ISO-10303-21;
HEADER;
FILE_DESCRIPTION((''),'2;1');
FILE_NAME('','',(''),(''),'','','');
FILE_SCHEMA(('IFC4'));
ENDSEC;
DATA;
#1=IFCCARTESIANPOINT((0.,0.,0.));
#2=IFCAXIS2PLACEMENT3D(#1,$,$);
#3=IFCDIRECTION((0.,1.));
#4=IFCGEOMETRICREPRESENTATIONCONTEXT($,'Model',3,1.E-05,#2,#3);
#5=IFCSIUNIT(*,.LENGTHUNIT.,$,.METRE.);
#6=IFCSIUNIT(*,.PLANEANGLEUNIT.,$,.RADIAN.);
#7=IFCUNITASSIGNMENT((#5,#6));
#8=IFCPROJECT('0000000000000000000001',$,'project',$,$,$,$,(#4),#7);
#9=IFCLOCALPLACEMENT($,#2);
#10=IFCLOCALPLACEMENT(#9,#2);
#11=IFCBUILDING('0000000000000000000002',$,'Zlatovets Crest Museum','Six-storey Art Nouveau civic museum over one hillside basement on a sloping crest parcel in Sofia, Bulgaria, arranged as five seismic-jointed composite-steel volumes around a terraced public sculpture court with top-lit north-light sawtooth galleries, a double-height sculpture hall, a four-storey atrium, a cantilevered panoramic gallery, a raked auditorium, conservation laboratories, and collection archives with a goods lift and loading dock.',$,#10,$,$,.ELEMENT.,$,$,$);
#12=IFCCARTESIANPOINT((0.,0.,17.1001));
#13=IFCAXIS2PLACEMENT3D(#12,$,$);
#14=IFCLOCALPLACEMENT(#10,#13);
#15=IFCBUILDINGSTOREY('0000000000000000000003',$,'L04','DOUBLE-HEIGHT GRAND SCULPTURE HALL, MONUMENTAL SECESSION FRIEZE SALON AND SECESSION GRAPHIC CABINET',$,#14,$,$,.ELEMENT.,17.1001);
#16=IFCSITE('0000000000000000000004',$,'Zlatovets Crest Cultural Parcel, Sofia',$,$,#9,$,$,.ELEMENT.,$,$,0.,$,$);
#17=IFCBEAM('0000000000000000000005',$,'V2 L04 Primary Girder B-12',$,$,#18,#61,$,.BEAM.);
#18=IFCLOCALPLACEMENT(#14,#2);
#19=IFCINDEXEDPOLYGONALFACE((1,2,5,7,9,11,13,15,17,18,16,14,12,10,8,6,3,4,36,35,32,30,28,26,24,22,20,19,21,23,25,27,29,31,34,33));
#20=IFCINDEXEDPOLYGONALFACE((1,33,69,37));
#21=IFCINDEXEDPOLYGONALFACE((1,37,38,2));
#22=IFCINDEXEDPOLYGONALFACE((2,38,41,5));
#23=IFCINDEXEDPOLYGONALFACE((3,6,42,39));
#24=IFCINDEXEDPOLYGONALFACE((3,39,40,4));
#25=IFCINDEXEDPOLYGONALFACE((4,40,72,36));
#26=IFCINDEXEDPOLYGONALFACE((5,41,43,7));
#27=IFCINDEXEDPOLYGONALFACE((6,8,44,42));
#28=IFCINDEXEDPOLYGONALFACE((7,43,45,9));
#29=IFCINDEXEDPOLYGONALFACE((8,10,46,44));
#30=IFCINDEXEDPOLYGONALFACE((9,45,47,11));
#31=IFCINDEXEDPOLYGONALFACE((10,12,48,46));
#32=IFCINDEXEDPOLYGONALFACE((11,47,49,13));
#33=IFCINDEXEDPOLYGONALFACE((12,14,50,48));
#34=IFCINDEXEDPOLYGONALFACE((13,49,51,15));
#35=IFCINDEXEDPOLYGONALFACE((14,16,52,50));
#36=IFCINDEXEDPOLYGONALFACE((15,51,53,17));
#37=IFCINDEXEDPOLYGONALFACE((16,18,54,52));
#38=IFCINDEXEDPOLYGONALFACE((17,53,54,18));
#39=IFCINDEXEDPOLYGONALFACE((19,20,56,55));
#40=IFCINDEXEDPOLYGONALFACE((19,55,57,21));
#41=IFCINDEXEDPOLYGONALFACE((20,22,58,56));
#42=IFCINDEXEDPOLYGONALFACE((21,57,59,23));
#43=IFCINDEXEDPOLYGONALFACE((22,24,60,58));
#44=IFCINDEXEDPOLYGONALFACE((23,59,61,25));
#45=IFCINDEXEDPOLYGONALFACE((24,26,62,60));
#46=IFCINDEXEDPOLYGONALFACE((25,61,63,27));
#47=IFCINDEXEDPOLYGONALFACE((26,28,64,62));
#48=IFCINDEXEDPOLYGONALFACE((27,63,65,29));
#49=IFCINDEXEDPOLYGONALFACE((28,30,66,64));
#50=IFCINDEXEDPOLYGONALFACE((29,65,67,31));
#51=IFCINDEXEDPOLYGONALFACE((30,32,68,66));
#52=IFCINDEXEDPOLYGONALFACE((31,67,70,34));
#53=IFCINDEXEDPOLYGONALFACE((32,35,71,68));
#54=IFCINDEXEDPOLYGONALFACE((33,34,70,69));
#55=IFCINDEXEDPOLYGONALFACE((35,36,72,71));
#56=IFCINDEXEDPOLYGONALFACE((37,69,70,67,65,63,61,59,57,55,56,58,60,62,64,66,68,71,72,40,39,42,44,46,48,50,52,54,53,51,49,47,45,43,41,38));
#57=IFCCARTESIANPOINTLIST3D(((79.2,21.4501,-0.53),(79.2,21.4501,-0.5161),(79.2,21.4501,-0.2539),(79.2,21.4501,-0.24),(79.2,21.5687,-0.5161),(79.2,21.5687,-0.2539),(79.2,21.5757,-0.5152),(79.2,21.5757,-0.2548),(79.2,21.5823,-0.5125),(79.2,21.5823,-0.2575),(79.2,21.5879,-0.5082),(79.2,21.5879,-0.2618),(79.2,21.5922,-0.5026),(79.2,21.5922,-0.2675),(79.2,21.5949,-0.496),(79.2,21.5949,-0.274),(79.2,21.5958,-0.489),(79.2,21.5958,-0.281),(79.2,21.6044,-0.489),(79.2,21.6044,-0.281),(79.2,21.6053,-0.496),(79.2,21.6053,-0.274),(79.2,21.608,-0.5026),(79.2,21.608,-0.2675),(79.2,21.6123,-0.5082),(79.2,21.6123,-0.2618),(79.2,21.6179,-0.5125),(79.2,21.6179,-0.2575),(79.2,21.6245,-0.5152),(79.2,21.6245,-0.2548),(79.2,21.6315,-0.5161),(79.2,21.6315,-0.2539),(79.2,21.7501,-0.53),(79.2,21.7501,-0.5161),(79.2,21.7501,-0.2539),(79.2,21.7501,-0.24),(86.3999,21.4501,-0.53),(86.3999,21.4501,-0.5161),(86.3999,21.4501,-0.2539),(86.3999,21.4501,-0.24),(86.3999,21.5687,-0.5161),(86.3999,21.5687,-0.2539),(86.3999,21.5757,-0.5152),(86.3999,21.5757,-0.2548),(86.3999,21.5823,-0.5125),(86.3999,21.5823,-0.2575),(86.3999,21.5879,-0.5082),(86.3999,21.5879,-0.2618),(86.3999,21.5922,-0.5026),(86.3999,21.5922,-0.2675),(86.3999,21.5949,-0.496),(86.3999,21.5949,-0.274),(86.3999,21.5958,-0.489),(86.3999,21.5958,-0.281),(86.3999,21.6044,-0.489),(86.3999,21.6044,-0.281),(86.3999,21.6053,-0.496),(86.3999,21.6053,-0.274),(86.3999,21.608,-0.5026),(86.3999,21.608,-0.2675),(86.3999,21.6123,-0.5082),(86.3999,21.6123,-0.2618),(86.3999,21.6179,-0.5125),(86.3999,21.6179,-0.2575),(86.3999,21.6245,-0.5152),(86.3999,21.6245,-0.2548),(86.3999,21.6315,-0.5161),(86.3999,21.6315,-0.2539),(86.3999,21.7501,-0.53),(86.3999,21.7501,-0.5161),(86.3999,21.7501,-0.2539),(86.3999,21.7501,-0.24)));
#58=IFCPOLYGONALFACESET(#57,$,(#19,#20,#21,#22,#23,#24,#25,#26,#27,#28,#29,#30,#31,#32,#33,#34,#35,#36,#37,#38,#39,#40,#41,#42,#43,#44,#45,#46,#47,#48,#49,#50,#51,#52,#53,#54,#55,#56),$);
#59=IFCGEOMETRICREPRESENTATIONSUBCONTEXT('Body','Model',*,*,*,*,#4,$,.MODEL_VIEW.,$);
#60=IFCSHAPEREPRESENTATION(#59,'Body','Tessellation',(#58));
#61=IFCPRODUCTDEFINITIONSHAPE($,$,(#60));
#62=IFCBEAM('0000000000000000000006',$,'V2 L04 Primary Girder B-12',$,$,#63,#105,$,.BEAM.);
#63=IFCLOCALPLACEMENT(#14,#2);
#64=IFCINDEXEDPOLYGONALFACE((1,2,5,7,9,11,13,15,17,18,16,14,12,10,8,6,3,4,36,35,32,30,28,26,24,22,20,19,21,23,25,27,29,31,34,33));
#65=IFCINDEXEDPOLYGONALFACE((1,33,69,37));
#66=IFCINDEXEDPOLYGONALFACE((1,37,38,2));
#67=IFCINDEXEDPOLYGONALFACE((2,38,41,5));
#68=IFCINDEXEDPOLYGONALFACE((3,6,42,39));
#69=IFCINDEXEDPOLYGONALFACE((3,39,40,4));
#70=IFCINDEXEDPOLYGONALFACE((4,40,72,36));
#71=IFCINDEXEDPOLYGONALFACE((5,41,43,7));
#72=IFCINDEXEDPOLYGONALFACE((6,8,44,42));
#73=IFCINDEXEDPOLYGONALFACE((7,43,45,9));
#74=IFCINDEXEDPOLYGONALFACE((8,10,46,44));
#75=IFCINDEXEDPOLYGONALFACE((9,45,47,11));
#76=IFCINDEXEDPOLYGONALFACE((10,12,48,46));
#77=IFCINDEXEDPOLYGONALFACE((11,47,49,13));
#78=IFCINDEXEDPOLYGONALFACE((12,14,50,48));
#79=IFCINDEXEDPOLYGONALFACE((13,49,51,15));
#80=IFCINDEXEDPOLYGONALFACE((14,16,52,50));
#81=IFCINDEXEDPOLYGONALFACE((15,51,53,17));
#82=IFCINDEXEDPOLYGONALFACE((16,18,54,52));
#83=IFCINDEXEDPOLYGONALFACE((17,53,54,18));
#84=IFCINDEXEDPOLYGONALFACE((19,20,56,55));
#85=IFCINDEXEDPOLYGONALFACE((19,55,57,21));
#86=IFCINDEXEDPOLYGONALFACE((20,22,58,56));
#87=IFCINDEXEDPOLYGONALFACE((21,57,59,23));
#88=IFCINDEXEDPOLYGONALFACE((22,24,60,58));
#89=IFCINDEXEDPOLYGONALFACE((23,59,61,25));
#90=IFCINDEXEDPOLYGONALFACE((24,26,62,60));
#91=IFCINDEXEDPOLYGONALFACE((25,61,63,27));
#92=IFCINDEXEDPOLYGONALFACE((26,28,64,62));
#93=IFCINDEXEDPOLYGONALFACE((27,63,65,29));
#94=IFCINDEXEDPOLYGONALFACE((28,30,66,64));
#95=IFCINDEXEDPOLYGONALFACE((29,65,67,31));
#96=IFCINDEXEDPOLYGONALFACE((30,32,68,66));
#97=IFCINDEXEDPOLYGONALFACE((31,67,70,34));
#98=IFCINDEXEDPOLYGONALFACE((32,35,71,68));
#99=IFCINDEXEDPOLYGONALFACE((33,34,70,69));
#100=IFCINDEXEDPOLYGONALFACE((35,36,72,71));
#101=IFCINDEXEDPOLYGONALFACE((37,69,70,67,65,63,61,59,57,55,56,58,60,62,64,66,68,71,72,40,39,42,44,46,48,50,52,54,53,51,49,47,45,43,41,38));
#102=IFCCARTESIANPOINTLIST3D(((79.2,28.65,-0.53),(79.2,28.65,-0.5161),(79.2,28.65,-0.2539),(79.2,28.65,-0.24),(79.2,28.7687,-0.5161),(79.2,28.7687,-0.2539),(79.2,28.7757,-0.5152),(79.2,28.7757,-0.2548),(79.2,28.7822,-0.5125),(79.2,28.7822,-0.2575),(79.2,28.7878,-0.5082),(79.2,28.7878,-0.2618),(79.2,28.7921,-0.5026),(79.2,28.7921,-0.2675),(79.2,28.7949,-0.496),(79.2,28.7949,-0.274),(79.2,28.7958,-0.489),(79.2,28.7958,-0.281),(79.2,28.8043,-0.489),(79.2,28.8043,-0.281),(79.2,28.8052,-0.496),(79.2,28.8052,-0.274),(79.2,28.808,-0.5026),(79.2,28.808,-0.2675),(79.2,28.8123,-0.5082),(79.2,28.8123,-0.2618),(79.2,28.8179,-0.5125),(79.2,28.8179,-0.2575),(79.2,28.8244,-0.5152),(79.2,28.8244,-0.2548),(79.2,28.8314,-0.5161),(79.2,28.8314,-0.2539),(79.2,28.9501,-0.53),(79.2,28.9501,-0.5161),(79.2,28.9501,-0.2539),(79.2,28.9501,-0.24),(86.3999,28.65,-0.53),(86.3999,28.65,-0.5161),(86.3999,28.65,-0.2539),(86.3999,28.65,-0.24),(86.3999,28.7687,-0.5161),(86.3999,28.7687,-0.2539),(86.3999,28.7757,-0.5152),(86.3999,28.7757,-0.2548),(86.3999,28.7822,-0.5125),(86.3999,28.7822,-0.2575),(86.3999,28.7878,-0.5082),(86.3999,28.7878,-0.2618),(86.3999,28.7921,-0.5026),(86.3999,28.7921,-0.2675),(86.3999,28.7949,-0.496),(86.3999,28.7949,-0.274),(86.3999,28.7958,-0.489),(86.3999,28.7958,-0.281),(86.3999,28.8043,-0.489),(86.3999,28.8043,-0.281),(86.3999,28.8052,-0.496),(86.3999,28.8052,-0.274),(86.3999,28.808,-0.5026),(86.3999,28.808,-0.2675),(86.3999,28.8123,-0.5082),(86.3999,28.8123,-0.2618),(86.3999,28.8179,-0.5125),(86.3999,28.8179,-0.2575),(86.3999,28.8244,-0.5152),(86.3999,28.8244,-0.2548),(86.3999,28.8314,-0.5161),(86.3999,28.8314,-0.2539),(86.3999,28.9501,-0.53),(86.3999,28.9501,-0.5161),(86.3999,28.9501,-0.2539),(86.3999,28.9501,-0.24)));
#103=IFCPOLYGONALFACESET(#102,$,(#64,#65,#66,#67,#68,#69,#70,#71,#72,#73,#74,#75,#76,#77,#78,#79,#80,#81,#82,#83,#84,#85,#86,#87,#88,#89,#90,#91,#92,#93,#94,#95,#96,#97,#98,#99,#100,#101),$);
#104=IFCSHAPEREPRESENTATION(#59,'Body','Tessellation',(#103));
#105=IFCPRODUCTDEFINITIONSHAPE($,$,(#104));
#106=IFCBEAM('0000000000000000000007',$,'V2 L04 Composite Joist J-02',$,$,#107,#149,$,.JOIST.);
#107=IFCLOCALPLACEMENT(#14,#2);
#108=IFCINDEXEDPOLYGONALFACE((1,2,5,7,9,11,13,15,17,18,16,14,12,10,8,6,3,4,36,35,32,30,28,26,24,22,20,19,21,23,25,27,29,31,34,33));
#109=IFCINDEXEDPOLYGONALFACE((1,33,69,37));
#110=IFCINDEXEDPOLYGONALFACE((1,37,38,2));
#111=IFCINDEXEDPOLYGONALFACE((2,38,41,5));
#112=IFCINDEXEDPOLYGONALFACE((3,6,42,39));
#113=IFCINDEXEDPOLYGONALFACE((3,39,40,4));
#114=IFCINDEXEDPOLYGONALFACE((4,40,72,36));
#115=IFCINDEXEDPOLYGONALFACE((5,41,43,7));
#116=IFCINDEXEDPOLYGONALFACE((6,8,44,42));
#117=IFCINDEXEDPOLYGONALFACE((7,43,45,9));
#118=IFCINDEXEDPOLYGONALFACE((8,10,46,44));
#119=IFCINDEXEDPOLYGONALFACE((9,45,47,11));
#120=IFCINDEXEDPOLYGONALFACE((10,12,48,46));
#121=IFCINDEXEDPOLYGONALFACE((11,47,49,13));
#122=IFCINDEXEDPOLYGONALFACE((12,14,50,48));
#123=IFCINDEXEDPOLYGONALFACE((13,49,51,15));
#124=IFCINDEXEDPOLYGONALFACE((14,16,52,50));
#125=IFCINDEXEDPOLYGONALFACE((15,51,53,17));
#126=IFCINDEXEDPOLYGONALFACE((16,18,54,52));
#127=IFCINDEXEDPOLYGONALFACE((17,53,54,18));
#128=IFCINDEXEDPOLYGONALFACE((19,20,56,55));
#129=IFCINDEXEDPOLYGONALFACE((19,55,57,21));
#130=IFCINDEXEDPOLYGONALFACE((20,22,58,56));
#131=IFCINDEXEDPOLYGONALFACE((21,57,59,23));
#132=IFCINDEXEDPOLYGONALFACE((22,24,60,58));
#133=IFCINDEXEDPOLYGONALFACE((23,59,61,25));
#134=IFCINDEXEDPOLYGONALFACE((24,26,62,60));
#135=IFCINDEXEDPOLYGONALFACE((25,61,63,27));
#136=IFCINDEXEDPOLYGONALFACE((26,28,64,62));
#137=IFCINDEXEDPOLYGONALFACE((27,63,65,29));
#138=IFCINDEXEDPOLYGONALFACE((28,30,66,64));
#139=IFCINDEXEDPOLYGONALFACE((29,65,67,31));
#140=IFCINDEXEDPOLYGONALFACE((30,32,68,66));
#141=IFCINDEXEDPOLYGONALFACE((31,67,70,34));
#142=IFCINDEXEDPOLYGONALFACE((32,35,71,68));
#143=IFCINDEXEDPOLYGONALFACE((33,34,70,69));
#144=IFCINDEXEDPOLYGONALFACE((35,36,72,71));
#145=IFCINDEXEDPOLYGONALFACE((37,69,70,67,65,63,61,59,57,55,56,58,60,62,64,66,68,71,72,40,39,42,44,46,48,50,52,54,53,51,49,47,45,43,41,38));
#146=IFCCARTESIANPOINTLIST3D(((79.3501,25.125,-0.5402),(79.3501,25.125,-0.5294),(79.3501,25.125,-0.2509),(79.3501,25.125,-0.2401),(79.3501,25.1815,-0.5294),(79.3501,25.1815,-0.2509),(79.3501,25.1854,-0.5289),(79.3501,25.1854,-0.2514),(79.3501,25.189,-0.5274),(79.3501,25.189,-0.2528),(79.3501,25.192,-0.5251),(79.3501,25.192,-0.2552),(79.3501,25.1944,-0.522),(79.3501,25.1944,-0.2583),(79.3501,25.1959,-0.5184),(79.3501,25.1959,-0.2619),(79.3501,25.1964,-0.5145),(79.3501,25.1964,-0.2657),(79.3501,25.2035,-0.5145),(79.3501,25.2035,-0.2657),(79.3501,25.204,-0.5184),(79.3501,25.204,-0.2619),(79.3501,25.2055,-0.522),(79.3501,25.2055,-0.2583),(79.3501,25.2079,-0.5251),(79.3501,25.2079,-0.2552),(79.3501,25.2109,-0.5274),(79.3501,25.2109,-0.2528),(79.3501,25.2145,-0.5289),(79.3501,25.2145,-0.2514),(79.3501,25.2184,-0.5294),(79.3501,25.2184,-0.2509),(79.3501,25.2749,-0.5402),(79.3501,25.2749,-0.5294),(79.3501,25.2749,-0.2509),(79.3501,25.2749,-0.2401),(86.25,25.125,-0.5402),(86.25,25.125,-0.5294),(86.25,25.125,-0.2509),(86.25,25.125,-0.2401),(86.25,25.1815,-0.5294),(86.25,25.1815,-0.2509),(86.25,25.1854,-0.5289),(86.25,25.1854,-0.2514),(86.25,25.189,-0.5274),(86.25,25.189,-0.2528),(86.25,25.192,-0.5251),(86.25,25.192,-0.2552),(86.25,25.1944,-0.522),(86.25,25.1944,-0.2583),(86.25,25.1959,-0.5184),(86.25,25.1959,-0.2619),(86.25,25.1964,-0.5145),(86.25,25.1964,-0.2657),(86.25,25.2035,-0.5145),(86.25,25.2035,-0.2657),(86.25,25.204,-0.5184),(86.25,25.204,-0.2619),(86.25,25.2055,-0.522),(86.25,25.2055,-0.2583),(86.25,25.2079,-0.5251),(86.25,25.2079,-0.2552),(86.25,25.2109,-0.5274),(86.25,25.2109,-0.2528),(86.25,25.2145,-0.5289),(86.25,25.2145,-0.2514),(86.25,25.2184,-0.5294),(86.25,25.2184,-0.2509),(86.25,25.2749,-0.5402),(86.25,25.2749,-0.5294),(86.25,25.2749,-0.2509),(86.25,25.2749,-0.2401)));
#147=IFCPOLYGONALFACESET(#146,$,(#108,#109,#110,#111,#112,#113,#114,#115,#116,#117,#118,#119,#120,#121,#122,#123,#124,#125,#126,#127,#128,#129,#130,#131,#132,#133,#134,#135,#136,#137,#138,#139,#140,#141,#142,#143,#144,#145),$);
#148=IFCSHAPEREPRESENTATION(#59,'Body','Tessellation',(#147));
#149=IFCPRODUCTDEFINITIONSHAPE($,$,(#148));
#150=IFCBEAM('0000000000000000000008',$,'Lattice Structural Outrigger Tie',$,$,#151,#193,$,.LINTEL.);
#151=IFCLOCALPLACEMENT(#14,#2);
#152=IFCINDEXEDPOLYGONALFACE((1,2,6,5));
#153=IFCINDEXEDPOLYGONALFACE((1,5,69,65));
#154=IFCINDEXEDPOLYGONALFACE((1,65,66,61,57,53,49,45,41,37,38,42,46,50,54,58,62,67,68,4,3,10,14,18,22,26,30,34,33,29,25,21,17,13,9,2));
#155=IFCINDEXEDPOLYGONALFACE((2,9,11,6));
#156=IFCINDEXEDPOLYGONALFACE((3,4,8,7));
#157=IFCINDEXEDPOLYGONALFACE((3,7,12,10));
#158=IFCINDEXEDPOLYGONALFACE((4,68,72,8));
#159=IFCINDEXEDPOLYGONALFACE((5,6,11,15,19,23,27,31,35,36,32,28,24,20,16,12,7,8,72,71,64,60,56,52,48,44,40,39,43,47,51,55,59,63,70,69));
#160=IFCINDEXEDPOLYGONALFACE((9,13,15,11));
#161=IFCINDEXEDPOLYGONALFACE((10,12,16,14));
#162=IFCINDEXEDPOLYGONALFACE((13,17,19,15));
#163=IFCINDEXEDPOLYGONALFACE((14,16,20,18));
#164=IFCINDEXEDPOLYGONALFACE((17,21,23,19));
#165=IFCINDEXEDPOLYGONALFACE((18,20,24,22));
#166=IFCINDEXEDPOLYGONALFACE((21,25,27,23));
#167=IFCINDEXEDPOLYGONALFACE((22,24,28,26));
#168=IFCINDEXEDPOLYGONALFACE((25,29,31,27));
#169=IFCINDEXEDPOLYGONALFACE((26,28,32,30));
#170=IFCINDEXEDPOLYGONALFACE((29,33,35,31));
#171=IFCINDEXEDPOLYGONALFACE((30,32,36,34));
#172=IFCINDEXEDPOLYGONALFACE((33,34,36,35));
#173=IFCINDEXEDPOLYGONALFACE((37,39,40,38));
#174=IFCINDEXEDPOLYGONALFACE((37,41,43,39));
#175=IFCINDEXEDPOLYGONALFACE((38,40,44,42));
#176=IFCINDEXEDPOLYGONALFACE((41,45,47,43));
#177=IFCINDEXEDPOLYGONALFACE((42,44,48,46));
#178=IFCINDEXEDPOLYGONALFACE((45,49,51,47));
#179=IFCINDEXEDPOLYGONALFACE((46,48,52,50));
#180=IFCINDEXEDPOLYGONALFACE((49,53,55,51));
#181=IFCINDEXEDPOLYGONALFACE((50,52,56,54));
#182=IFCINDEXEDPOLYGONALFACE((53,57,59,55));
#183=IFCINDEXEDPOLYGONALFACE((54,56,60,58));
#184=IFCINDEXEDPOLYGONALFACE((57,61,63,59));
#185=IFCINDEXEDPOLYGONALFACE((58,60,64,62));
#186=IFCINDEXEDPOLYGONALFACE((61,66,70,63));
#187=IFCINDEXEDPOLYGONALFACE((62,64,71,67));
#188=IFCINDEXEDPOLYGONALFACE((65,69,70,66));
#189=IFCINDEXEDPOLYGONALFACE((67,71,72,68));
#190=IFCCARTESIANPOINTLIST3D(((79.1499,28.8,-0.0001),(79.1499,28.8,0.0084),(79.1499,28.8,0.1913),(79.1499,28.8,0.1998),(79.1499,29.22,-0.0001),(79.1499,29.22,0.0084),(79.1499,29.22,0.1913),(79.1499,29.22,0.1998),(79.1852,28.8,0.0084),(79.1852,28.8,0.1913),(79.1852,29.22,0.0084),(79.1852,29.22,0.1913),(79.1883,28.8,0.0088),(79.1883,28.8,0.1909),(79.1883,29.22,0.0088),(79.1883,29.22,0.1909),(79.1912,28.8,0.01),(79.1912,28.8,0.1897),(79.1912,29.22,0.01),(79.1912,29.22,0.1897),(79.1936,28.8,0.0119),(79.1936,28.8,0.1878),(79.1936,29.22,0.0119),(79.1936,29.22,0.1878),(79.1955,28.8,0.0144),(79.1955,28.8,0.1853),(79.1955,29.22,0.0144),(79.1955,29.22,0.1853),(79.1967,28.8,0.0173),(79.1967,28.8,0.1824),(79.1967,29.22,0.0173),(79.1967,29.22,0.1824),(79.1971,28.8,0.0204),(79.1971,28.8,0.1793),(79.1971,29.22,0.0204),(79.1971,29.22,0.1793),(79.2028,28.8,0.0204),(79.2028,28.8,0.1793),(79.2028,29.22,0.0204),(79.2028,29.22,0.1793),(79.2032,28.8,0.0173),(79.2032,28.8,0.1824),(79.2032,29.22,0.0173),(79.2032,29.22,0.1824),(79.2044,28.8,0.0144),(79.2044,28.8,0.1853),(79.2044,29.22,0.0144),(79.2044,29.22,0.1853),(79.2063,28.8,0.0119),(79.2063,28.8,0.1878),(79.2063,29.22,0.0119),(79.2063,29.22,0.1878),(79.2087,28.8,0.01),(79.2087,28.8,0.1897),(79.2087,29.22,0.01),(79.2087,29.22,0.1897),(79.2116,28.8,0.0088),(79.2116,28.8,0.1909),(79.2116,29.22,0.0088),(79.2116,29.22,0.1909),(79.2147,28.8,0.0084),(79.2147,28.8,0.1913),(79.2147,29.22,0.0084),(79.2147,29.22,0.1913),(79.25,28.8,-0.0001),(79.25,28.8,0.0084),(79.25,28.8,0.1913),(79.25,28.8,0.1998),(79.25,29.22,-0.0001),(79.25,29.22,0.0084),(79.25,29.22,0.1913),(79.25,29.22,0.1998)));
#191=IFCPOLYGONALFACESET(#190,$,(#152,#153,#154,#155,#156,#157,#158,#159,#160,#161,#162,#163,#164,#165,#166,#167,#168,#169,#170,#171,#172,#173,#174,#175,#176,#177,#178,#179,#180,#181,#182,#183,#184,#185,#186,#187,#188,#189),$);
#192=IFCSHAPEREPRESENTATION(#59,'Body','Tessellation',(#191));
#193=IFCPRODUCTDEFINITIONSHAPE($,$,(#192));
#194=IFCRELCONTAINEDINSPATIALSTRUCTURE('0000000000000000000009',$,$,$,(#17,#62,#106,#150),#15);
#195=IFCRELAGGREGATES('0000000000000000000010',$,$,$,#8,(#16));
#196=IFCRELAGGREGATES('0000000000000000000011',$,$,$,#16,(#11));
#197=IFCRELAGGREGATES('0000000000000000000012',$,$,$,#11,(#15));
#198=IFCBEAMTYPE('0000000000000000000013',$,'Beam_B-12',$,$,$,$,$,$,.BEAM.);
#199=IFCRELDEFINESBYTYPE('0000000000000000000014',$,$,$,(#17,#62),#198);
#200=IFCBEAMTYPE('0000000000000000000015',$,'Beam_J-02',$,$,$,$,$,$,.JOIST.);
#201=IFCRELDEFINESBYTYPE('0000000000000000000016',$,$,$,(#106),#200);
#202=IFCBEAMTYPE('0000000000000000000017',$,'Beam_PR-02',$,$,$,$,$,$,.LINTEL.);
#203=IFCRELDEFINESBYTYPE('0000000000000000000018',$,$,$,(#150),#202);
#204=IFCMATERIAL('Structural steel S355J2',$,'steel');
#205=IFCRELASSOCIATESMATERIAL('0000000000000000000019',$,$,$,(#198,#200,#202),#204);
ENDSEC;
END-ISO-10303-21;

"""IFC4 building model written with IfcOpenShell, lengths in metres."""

from ifc_helpers import new_model, si_unit, direction, frame, origin, origin_2d, place, context, subcontext, project, spatial, i_section, extrude, material, material_profile, profile_set, type_object, element, save


model = new_model("IFC4")

# Units and contexts
model_context = context("Model", 3, precision=1e-05, world=origin(), true_north=direction((0.0, 1.0)))
body_context = subcontext(model_context, "Body", "Model", "MODEL_VIEW")
ifc_project = project(units=[si_unit("LENGTHUNIT", "METRE"), si_unit("PLANEANGLEUNIT", "RADIAN")], contexts=[model_context])

# Site, building, storey
site_placement = place(None, origin())
site = spatial("IfcSite", under=ifc_project, at=site_placement, Name="Zlatovets Crest Cultural Parcel, Sofia", CompositionType="ELEMENT", RefElevation=0.0)
building_placement = place(site_placement, origin())
building = spatial("IfcBuilding", under=site, at=building_placement, Name="Zlatovets Crest Museum", Description="Six-storey Art Nouveau civic museum over one hillside basement on a sloping crest parcel in Sofia, Bulgaria, arranged as five seismic-jointed composite-steel volumes around a terraced public sculpture court with top-lit north-light sawtooth galleries, a double-height sculpture hall, a four-storey atrium, a cantilevered panoramic gallery, a raked auditorium, conservation laboratories, and collection archives with a goods lift and loading dock.", CompositionType="ELEMENT")
storey_placement = place(building_placement, frame((0.0, 0.0, 17.1001)))
storey = spatial("IfcBuildingStorey", under=building, at=storey_placement, Name="L04", Description="DOUBLE-HEIGHT GRAND SCULPTURE HALL, MONUMENTAL SECESSION FRIEZE SALON AND SECESSION GRAPHIC CABINET", CompositionType="ELEMENT", Elevation=17.1001)

# Shared definitions
ifc_material_1 = material(Name="Structural steel S355J2", Category="steel")

# Beams
ifc_material_profile_1 = material_profile(ifc_material_1, i_section(OverallWidth=0.3, OverallDepth=0.29, WebThickness=0.0085, FlangeThickness=0.0139, FilletRadius=0.0271, at=origin_2d()), Name="HEA 300")
ifc_profile_set_1 = profile_set([ifc_material_profile_1], Name="Structural steel S355J2")
beam_type_1 = type_object("IfcBeamType", Name="Beam_B-12", PredefinedType="BEAM", material=ifc_profile_set_1)
for number, where, z_axis, x_axis, name in (
    (1, (79.2, 21.6001, -0.385), (1.0, 0.0, 0.0), (0.0, 1.0, 0.0), "V2 L04 Primary Girder B-12"),
    (2, (79.2, 28.8, -0.385), (1.0, 0.0, 0.0), (0.0, 1.0, 0.0), "V2 L04 Primary Girder B-12"),
):
    element("IfcBeam", number, at=place(storey_placement, frame(where, z_axis=z_axis, x_axis=x_axis)), inside=storey, type_object=beam_type_1, Name=name, PredefinedType="BEAM", context=body_context, shape_type="SweptSolid", body=[
        extrude(i_section(OverallWidth=0.3, OverallDepth=0.29, WebThickness=0.0085, FlangeThickness=0.0139, FilletRadius=0.0271, at=origin_2d()), origin(), (0.0, 0.0, 1.0), 7.2),
    ])
ifc_material_profile_2 = material_profile(ifc_material_1, i_section(OverallWidth=0.1499, OverallDepth=0.3, WebThickness=0.0071, FlangeThickness=0.0107, FilletRadius=0.0149, at=origin_2d()), Name="IPE 300")
ifc_profile_set_2 = profile_set([ifc_material_profile_2], Name="Structural steel S355J2")
beam_type_2 = type_object("IfcBeamType", Name="Beam_J-02", PredefinedType="JOIST", material=ifc_profile_set_2)
beam_1_placement = place(storey_placement, frame((79.3501, 25.2, -0.3901), z_axis=(1.0, 0.0, 0.0), x_axis=(0.0, 1.0, 0.0)))
element("IfcBeam", 3, at=beam_1_placement, inside=storey, type_object=beam_type_2, Name="V2 L04 Composite Joist J-02", PredefinedType="JOIST", context=body_context, shape_type="SweptSolid", body=[
    extrude(i_section(OverallWidth=0.1499, OverallDepth=0.3, WebThickness=0.0071, FlangeThickness=0.0107, FilletRadius=0.0149, at=origin_2d()), origin(), (0.0, 0.0, 1.0), 6.8999),
])
ifc_material_profile_3 = material_profile(ifc_material_1, i_section(OverallWidth=0.1001, OverallDepth=0.2, WebThickness=0.0056, FlangeThickness=0.0085, FilletRadius=0.012, at=origin_2d()), Name="IPE 200")
ifc_profile_set_3 = profile_set([ifc_material_profile_3], Name="Structural steel S355J2")
beam_type_3 = type_object("IfcBeamType", Name="Beam_PR-02", PredefinedType="LINTEL", material=ifc_profile_set_3)
for number, where, z_axis, x_axis, name in (
    (4, (79.2, 28.8, 0.0999), (0.0, 1.0, 0.0), (-1.0, 0.0, 0.0), "Lattice Structural Outrigger Tie"),
):
    element("IfcBeam", number, at=place(storey_placement, frame(where, z_axis=z_axis, x_axis=x_axis)), inside=storey, type_object=beam_type_3, Name=name, PredefinedType="LINTEL", context=body_context, shape_type="SweptSolid", body=[
        extrude(i_section(OverallWidth=0.1001, OverallDepth=0.2, WebThickness=0.0056, FlangeThickness=0.0085, FilletRadius=0.012, at=origin_2d()), origin(), (0.0, 0.0, 1.0), 0.4199),
    ])

save(model, "model.ifc")
